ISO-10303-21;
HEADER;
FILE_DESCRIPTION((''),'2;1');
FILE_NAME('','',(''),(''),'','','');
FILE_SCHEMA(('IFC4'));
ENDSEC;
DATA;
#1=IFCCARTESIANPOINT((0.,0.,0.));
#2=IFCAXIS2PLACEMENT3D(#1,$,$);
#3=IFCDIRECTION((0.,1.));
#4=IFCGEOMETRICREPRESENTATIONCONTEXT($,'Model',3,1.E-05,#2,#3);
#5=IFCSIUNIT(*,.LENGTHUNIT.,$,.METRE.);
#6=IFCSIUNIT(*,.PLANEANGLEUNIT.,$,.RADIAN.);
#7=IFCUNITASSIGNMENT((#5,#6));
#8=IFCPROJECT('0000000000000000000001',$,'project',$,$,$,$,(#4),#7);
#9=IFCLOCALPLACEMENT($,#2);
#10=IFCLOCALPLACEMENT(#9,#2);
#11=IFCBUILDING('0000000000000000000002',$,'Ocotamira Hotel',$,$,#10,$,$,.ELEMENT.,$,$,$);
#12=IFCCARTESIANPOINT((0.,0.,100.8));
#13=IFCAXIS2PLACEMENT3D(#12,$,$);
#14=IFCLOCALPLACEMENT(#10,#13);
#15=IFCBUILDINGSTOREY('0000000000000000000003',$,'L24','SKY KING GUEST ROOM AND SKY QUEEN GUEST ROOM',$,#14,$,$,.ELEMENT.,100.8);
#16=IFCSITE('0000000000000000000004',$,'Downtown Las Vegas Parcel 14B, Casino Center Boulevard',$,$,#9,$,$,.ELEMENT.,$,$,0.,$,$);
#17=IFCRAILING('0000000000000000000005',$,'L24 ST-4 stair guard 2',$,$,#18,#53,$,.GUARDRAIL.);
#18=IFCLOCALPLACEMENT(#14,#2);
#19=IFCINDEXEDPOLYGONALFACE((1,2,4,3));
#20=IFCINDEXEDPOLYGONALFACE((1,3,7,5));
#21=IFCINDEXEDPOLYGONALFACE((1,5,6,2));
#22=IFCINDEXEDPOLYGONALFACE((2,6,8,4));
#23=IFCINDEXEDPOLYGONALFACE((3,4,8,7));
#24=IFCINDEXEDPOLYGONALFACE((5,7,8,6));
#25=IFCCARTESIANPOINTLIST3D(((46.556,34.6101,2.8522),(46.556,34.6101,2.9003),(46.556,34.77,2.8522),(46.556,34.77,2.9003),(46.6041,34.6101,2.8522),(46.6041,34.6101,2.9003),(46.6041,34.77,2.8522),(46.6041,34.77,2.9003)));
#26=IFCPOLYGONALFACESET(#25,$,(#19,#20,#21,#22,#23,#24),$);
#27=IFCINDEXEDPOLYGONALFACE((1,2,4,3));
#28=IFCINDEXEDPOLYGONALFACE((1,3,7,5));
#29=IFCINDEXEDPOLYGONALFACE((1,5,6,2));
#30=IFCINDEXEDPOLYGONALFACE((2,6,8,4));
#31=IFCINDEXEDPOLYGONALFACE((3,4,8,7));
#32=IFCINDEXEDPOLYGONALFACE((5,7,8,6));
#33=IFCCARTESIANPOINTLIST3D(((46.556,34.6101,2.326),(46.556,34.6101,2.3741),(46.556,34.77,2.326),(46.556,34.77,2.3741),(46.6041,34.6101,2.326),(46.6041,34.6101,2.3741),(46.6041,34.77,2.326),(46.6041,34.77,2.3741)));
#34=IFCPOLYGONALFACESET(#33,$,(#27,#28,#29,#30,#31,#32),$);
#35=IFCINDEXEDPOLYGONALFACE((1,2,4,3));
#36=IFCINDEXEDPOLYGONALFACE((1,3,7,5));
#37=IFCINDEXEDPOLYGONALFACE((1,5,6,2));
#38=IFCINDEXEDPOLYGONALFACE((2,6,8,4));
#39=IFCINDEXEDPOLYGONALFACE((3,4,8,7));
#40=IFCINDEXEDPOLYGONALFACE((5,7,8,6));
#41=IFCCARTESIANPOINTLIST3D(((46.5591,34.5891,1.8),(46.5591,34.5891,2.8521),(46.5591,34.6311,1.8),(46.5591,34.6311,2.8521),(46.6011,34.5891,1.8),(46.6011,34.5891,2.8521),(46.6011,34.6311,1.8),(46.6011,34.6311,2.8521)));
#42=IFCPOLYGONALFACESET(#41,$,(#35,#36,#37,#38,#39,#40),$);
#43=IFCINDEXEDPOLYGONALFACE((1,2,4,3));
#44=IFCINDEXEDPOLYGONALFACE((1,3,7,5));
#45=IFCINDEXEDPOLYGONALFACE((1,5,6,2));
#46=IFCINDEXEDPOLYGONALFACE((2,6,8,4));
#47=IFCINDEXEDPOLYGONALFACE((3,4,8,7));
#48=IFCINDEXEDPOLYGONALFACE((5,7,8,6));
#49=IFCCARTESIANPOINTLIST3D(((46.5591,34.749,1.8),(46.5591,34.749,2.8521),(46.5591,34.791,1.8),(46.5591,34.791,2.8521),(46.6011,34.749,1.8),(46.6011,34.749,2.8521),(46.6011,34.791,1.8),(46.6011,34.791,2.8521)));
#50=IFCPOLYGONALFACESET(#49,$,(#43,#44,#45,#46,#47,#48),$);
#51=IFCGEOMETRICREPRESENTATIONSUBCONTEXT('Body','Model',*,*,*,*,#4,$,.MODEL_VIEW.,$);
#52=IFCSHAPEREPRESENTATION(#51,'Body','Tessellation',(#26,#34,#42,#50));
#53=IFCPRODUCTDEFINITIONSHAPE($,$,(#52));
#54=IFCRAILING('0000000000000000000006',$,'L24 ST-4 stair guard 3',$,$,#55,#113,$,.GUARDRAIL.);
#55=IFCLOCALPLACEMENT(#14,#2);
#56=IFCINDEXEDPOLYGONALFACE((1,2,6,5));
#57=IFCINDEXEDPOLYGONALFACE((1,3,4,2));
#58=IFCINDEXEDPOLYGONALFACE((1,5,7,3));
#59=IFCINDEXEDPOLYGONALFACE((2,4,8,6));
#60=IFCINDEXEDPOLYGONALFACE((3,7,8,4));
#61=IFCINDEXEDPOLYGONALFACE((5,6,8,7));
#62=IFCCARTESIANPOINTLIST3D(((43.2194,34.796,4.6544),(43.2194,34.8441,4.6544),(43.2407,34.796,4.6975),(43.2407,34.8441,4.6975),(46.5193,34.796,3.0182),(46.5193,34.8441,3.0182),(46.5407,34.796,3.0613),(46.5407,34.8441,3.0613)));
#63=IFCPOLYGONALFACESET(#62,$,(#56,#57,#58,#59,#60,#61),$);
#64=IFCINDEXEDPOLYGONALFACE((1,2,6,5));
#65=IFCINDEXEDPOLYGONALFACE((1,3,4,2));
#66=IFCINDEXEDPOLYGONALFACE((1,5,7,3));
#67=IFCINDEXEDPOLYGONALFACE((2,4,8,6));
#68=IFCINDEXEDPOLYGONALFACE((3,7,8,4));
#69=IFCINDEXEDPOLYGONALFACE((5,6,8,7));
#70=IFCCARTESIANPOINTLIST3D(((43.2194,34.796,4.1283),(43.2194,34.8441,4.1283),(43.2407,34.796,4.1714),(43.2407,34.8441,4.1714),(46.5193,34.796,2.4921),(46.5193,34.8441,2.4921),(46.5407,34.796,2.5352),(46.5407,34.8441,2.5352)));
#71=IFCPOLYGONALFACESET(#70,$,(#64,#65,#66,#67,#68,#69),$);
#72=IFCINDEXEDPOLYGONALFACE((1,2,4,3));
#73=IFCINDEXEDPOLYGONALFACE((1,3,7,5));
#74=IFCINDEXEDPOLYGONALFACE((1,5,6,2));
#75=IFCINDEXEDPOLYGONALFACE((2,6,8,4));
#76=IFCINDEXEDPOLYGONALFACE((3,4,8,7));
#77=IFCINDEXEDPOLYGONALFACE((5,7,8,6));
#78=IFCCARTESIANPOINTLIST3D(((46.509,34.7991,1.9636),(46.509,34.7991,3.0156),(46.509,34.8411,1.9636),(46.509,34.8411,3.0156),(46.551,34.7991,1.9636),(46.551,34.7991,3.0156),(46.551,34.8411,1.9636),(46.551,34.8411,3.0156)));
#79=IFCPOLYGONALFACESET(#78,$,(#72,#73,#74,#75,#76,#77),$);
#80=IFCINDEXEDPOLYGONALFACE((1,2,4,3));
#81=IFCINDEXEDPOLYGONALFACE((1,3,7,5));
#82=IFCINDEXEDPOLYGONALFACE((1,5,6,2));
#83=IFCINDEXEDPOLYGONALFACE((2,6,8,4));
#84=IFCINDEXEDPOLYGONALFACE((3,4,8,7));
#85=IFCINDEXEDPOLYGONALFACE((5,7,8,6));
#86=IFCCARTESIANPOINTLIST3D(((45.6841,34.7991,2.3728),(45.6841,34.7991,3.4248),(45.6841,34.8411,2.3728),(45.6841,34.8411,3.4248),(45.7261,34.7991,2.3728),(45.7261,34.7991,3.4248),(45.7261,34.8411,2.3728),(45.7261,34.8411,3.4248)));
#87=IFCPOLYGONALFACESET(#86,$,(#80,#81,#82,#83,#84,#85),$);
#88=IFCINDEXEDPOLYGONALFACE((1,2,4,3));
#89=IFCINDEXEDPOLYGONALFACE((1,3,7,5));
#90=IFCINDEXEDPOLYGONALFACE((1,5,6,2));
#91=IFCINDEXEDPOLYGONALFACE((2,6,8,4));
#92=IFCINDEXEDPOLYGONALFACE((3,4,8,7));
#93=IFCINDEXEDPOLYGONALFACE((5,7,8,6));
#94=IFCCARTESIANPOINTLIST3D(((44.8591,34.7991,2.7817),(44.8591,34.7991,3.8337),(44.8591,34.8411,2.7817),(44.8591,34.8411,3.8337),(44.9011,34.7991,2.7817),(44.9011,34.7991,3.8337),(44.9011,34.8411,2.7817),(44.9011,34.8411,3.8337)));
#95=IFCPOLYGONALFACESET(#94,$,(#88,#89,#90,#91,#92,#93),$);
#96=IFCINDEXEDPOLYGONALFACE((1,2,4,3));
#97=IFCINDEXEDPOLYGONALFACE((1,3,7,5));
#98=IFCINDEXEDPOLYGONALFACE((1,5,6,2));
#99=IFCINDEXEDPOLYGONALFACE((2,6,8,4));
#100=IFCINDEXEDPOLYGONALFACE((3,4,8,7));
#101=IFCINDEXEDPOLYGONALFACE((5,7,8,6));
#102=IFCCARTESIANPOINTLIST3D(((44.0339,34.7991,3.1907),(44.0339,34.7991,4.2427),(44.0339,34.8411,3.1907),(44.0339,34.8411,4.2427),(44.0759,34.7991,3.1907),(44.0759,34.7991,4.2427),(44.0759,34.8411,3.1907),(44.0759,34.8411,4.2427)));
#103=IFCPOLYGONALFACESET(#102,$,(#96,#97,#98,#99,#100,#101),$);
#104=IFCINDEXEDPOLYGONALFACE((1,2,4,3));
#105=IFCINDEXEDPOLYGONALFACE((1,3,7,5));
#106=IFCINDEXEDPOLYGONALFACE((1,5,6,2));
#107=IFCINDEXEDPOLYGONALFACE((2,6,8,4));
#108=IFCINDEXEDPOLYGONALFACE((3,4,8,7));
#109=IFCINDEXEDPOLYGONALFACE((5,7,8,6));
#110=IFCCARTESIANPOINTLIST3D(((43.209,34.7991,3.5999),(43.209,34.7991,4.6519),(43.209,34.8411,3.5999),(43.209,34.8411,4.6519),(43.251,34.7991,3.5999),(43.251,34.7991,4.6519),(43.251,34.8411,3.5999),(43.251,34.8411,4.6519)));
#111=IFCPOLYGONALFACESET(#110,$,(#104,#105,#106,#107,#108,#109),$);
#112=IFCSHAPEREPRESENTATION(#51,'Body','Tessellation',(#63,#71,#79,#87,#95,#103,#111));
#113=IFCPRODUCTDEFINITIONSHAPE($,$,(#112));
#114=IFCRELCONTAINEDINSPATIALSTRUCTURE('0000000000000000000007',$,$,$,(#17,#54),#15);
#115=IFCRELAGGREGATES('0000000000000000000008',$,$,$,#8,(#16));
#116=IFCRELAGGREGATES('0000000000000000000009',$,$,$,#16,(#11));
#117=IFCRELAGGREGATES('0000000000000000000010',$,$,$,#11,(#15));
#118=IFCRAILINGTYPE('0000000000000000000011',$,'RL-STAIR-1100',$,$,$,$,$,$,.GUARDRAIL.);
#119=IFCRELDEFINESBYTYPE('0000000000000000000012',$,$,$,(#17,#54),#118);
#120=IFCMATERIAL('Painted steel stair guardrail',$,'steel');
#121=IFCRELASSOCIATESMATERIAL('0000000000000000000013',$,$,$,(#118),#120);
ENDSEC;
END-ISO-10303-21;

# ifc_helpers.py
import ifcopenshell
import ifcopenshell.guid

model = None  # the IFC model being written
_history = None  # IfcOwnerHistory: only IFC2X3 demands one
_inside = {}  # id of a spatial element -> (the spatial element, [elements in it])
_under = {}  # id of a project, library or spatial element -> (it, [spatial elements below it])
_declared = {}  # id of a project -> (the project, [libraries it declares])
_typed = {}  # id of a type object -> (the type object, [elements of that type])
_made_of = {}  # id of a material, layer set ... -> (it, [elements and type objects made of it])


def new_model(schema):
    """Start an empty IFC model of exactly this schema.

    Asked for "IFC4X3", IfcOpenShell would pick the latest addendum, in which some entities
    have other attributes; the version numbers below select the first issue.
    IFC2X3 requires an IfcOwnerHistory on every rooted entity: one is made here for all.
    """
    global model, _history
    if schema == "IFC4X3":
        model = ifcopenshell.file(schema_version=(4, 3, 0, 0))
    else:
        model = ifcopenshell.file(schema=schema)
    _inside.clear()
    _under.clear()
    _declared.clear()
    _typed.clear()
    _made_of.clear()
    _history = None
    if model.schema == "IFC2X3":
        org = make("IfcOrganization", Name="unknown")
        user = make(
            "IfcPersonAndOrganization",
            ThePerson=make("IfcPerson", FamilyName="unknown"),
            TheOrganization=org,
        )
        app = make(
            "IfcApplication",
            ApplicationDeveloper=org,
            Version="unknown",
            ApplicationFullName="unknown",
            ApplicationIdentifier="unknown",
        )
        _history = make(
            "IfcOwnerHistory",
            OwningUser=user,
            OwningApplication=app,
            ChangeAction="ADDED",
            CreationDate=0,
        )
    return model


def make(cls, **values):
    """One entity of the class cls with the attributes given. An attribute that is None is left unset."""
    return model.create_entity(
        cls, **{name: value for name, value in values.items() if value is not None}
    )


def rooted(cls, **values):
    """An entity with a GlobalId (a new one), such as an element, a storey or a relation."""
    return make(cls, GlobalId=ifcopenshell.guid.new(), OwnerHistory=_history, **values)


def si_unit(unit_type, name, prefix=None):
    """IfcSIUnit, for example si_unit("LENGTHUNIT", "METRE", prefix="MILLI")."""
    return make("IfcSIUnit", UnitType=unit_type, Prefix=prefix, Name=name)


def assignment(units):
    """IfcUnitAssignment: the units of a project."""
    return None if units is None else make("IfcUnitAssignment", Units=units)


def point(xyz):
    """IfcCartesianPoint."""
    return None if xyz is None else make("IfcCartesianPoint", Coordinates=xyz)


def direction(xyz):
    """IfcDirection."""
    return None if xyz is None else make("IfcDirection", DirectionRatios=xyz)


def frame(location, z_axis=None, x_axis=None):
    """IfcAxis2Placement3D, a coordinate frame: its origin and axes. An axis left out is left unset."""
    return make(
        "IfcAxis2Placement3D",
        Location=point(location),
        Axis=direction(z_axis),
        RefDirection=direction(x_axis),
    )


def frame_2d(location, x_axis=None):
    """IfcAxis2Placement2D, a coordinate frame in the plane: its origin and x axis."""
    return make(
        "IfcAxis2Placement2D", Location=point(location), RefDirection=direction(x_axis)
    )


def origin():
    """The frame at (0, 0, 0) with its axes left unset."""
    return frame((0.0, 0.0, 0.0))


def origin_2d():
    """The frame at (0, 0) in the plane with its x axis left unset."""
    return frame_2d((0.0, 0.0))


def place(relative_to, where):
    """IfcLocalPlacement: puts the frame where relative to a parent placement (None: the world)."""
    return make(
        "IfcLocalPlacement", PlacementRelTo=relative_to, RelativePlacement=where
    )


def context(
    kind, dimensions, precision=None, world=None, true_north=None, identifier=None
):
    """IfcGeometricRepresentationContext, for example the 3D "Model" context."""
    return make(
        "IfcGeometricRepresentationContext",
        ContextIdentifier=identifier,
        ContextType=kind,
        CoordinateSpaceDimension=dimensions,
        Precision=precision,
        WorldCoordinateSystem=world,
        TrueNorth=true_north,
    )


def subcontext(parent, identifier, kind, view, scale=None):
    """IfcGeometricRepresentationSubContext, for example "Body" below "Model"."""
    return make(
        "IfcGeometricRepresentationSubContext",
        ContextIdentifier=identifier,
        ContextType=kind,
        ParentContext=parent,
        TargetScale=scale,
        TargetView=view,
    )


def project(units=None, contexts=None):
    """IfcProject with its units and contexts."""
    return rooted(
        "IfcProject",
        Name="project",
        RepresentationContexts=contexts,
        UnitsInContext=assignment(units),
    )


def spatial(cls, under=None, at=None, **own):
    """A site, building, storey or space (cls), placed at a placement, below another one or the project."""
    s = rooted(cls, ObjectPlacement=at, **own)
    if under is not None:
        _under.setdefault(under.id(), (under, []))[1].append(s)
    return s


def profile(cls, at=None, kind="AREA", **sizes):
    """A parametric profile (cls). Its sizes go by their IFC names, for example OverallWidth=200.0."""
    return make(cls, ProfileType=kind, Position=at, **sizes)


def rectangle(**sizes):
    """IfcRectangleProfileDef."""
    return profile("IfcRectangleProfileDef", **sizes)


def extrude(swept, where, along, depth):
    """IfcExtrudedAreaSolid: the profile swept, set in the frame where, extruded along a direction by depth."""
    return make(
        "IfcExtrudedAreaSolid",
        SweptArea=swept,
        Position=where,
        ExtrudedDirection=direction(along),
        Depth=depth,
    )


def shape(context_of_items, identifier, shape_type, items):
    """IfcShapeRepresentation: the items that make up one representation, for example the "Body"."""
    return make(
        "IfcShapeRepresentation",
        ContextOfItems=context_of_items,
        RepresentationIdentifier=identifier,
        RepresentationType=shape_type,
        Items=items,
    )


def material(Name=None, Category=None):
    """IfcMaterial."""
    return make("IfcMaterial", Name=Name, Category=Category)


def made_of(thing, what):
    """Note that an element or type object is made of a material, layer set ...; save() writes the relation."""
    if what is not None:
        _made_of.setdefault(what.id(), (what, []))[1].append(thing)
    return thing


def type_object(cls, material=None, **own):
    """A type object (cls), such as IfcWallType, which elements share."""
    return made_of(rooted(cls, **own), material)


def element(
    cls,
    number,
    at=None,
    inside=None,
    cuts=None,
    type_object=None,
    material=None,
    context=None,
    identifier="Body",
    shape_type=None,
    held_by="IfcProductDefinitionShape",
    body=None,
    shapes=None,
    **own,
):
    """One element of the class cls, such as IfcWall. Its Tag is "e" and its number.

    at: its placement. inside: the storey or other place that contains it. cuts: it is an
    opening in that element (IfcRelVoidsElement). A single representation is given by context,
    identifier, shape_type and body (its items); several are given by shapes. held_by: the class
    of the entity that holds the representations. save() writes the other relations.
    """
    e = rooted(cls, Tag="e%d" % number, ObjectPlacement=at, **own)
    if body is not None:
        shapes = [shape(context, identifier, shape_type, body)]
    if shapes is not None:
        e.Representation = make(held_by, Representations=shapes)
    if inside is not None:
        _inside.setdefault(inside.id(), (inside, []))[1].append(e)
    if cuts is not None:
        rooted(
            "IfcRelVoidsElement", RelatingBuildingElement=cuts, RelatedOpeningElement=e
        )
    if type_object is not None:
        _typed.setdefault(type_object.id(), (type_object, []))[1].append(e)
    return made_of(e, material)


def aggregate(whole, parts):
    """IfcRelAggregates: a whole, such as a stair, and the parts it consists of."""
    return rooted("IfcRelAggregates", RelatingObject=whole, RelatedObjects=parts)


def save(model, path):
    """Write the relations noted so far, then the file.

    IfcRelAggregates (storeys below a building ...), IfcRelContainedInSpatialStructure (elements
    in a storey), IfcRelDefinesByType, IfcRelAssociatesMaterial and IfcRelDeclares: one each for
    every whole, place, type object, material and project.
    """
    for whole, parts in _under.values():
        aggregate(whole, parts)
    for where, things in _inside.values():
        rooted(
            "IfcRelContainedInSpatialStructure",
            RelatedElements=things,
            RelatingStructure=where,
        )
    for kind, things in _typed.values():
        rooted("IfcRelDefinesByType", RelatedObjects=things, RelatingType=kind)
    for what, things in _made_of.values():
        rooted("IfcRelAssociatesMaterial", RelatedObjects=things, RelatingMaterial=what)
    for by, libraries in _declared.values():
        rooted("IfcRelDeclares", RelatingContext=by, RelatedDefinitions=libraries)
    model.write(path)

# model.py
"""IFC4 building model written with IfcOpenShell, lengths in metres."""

from ifc_helpers import new_model, si_unit, direction, frame, origin, origin_2d, place, context, subcontext, project, spatial, rectangle, extrude, material, type_object, element, save


model = new_model("IFC4")

# Units and contexts
model_context = context("Model", 3, precision=1e-05, world=origin(), true_north=direction((0.0, 1.0)))
body_context = subcontext(model_context, "Body", "Model", "MODEL_VIEW")
ifc_project = project(units=[si_unit("LENGTHUNIT", "METRE"), si_unit("PLANEANGLEUNIT", "RADIAN")], contexts=[model_context])

# Site, building, storey
site_placement = place(None, origin())
site = spatial("IfcSite", under=ifc_project, at=site_placement, Name="Downtown Las Vegas Parcel 14B, Casino Center Boulevard", CompositionType="ELEMENT", RefElevation=0.0)
building_placement = place(site_placement, origin())
building = spatial("IfcBuilding", under=site, at=building_placement, Name="Ocotamira Hotel", CompositionType="ELEMENT")
storey_placement = place(building_placement, frame((0.0, 0.0, 100.8)))
storey = spatial("IfcBuildingStorey", under=building, at=storey_placement, Name="L24", Description="SKY KING GUEST ROOM AND SKY QUEEN GUEST ROOM", CompositionType="ELEMENT", Elevation=100.8)

# Railings
ifc_material_1 = material(Name="Painted steel stair guardrail", Category="steel")
railing_type_1 = type_object("IfcRailingType", Name="RL-STAIR-1100", PredefinedType="GUARDRAIL", material=ifc_material_1)
railing_1_placement = place(storey_placement, frame((46.5801, 34.6101, 1.8)))
element("IfcRailing", 1, at=railing_1_placement, inside=storey, type_object=railing_type_1, Name="L24 ST-4 stair guard 2", PredefinedType="GUARDRAIL", context=body_context, shape_type="SweptSolid", body=[
    extrude(rectangle(XDim=0.0481, YDim=0.0481, at=origin_2d()), frame((0.0, 0.0, 1.0762), z_axis=(0.0, 1.0, 0.0), x_axis=(-1.0, 0.0, 0.0)), (0.0, 0.0, 1.0), 0.1599),
    extrude(rectangle(XDim=0.0481, YDim=0.0481, at=origin_2d()), frame((0.0, 0.0, 0.55), z_axis=(0.0, 1.0, 0.0), x_axis=(-1.0, 0.0, 0.0)), (0.0, 0.0, 1.0), 0.1599),
    extrude(rectangle(XDim=0.042, YDim=0.042, at=origin_2d()), origin(), (0.0, 0.0, 1.0), 1.052),
    extrude(rectangle(XDim=0.042, YDim=0.042, at=origin_2d()), frame((0.0, 0.1599, 0.0)), (0.0, 0.0, 1.0), 1.052),
])
railing_2_placement = place(storey_placement, frame((46.53, 34.8201, 1.9636)))
element("IfcRailing", 2, at=railing_2_placement, inside=storey, type_object=railing_type_1, Name="L24 ST-4 stair guard 3", PredefinedType="GUARDRAIL", context=body_context, shape_type="SweptSolid", body=[
    extrude(rectangle(XDim=0.0481, YDim=0.0481, at=origin_2d()), frame((0.0, 0.0, 1.0762), z_axis=(-0.89592, 0.0, 0.444215), x_axis=(0.0, -1.0, 0.0)), (0.0, 0.0, 1.0), 3.6833),
    extrude(rectangle(XDim=0.0481, YDim=0.0481, at=origin_2d()), frame((0.0, 0.0, 0.55), z_axis=(-0.89592, 0.0, 0.444215), x_axis=(0.0, -1.0, 0.0)), (0.0, 0.0, 1.0), 3.6833),
    extrude(rectangle(XDim=0.042, YDim=0.042, at=origin_2d()), origin(), (0.0, 0.0, 1.0), 1.052),
    extrude(rectangle(XDim=0.042, YDim=0.042, at=origin_2d()), frame((-0.825, 0.0, 0.4092)), (0.0, 0.0, 1.0), 1.052),
    extrude(rectangle(XDim=0.042, YDim=0.042, at=origin_2d()), frame((-1.6499, 0.0, 0.8181)), (0.0, 0.0, 1.0), 1.052),
    extrude(rectangle(XDim=0.042, YDim=0.042, at=origin_2d()), frame((-2.4751, 0.0, 1.2271)), (0.0, 0.0, 1.0), 1.052),
    extrude(rectangle(XDim=0.042, YDim=0.042, at=origin_2d()), frame((-3.3, 0.0, 1.6362)), (0.0, 0.0, 1.0), 1.052),
])

save(model, "model.ifc")
